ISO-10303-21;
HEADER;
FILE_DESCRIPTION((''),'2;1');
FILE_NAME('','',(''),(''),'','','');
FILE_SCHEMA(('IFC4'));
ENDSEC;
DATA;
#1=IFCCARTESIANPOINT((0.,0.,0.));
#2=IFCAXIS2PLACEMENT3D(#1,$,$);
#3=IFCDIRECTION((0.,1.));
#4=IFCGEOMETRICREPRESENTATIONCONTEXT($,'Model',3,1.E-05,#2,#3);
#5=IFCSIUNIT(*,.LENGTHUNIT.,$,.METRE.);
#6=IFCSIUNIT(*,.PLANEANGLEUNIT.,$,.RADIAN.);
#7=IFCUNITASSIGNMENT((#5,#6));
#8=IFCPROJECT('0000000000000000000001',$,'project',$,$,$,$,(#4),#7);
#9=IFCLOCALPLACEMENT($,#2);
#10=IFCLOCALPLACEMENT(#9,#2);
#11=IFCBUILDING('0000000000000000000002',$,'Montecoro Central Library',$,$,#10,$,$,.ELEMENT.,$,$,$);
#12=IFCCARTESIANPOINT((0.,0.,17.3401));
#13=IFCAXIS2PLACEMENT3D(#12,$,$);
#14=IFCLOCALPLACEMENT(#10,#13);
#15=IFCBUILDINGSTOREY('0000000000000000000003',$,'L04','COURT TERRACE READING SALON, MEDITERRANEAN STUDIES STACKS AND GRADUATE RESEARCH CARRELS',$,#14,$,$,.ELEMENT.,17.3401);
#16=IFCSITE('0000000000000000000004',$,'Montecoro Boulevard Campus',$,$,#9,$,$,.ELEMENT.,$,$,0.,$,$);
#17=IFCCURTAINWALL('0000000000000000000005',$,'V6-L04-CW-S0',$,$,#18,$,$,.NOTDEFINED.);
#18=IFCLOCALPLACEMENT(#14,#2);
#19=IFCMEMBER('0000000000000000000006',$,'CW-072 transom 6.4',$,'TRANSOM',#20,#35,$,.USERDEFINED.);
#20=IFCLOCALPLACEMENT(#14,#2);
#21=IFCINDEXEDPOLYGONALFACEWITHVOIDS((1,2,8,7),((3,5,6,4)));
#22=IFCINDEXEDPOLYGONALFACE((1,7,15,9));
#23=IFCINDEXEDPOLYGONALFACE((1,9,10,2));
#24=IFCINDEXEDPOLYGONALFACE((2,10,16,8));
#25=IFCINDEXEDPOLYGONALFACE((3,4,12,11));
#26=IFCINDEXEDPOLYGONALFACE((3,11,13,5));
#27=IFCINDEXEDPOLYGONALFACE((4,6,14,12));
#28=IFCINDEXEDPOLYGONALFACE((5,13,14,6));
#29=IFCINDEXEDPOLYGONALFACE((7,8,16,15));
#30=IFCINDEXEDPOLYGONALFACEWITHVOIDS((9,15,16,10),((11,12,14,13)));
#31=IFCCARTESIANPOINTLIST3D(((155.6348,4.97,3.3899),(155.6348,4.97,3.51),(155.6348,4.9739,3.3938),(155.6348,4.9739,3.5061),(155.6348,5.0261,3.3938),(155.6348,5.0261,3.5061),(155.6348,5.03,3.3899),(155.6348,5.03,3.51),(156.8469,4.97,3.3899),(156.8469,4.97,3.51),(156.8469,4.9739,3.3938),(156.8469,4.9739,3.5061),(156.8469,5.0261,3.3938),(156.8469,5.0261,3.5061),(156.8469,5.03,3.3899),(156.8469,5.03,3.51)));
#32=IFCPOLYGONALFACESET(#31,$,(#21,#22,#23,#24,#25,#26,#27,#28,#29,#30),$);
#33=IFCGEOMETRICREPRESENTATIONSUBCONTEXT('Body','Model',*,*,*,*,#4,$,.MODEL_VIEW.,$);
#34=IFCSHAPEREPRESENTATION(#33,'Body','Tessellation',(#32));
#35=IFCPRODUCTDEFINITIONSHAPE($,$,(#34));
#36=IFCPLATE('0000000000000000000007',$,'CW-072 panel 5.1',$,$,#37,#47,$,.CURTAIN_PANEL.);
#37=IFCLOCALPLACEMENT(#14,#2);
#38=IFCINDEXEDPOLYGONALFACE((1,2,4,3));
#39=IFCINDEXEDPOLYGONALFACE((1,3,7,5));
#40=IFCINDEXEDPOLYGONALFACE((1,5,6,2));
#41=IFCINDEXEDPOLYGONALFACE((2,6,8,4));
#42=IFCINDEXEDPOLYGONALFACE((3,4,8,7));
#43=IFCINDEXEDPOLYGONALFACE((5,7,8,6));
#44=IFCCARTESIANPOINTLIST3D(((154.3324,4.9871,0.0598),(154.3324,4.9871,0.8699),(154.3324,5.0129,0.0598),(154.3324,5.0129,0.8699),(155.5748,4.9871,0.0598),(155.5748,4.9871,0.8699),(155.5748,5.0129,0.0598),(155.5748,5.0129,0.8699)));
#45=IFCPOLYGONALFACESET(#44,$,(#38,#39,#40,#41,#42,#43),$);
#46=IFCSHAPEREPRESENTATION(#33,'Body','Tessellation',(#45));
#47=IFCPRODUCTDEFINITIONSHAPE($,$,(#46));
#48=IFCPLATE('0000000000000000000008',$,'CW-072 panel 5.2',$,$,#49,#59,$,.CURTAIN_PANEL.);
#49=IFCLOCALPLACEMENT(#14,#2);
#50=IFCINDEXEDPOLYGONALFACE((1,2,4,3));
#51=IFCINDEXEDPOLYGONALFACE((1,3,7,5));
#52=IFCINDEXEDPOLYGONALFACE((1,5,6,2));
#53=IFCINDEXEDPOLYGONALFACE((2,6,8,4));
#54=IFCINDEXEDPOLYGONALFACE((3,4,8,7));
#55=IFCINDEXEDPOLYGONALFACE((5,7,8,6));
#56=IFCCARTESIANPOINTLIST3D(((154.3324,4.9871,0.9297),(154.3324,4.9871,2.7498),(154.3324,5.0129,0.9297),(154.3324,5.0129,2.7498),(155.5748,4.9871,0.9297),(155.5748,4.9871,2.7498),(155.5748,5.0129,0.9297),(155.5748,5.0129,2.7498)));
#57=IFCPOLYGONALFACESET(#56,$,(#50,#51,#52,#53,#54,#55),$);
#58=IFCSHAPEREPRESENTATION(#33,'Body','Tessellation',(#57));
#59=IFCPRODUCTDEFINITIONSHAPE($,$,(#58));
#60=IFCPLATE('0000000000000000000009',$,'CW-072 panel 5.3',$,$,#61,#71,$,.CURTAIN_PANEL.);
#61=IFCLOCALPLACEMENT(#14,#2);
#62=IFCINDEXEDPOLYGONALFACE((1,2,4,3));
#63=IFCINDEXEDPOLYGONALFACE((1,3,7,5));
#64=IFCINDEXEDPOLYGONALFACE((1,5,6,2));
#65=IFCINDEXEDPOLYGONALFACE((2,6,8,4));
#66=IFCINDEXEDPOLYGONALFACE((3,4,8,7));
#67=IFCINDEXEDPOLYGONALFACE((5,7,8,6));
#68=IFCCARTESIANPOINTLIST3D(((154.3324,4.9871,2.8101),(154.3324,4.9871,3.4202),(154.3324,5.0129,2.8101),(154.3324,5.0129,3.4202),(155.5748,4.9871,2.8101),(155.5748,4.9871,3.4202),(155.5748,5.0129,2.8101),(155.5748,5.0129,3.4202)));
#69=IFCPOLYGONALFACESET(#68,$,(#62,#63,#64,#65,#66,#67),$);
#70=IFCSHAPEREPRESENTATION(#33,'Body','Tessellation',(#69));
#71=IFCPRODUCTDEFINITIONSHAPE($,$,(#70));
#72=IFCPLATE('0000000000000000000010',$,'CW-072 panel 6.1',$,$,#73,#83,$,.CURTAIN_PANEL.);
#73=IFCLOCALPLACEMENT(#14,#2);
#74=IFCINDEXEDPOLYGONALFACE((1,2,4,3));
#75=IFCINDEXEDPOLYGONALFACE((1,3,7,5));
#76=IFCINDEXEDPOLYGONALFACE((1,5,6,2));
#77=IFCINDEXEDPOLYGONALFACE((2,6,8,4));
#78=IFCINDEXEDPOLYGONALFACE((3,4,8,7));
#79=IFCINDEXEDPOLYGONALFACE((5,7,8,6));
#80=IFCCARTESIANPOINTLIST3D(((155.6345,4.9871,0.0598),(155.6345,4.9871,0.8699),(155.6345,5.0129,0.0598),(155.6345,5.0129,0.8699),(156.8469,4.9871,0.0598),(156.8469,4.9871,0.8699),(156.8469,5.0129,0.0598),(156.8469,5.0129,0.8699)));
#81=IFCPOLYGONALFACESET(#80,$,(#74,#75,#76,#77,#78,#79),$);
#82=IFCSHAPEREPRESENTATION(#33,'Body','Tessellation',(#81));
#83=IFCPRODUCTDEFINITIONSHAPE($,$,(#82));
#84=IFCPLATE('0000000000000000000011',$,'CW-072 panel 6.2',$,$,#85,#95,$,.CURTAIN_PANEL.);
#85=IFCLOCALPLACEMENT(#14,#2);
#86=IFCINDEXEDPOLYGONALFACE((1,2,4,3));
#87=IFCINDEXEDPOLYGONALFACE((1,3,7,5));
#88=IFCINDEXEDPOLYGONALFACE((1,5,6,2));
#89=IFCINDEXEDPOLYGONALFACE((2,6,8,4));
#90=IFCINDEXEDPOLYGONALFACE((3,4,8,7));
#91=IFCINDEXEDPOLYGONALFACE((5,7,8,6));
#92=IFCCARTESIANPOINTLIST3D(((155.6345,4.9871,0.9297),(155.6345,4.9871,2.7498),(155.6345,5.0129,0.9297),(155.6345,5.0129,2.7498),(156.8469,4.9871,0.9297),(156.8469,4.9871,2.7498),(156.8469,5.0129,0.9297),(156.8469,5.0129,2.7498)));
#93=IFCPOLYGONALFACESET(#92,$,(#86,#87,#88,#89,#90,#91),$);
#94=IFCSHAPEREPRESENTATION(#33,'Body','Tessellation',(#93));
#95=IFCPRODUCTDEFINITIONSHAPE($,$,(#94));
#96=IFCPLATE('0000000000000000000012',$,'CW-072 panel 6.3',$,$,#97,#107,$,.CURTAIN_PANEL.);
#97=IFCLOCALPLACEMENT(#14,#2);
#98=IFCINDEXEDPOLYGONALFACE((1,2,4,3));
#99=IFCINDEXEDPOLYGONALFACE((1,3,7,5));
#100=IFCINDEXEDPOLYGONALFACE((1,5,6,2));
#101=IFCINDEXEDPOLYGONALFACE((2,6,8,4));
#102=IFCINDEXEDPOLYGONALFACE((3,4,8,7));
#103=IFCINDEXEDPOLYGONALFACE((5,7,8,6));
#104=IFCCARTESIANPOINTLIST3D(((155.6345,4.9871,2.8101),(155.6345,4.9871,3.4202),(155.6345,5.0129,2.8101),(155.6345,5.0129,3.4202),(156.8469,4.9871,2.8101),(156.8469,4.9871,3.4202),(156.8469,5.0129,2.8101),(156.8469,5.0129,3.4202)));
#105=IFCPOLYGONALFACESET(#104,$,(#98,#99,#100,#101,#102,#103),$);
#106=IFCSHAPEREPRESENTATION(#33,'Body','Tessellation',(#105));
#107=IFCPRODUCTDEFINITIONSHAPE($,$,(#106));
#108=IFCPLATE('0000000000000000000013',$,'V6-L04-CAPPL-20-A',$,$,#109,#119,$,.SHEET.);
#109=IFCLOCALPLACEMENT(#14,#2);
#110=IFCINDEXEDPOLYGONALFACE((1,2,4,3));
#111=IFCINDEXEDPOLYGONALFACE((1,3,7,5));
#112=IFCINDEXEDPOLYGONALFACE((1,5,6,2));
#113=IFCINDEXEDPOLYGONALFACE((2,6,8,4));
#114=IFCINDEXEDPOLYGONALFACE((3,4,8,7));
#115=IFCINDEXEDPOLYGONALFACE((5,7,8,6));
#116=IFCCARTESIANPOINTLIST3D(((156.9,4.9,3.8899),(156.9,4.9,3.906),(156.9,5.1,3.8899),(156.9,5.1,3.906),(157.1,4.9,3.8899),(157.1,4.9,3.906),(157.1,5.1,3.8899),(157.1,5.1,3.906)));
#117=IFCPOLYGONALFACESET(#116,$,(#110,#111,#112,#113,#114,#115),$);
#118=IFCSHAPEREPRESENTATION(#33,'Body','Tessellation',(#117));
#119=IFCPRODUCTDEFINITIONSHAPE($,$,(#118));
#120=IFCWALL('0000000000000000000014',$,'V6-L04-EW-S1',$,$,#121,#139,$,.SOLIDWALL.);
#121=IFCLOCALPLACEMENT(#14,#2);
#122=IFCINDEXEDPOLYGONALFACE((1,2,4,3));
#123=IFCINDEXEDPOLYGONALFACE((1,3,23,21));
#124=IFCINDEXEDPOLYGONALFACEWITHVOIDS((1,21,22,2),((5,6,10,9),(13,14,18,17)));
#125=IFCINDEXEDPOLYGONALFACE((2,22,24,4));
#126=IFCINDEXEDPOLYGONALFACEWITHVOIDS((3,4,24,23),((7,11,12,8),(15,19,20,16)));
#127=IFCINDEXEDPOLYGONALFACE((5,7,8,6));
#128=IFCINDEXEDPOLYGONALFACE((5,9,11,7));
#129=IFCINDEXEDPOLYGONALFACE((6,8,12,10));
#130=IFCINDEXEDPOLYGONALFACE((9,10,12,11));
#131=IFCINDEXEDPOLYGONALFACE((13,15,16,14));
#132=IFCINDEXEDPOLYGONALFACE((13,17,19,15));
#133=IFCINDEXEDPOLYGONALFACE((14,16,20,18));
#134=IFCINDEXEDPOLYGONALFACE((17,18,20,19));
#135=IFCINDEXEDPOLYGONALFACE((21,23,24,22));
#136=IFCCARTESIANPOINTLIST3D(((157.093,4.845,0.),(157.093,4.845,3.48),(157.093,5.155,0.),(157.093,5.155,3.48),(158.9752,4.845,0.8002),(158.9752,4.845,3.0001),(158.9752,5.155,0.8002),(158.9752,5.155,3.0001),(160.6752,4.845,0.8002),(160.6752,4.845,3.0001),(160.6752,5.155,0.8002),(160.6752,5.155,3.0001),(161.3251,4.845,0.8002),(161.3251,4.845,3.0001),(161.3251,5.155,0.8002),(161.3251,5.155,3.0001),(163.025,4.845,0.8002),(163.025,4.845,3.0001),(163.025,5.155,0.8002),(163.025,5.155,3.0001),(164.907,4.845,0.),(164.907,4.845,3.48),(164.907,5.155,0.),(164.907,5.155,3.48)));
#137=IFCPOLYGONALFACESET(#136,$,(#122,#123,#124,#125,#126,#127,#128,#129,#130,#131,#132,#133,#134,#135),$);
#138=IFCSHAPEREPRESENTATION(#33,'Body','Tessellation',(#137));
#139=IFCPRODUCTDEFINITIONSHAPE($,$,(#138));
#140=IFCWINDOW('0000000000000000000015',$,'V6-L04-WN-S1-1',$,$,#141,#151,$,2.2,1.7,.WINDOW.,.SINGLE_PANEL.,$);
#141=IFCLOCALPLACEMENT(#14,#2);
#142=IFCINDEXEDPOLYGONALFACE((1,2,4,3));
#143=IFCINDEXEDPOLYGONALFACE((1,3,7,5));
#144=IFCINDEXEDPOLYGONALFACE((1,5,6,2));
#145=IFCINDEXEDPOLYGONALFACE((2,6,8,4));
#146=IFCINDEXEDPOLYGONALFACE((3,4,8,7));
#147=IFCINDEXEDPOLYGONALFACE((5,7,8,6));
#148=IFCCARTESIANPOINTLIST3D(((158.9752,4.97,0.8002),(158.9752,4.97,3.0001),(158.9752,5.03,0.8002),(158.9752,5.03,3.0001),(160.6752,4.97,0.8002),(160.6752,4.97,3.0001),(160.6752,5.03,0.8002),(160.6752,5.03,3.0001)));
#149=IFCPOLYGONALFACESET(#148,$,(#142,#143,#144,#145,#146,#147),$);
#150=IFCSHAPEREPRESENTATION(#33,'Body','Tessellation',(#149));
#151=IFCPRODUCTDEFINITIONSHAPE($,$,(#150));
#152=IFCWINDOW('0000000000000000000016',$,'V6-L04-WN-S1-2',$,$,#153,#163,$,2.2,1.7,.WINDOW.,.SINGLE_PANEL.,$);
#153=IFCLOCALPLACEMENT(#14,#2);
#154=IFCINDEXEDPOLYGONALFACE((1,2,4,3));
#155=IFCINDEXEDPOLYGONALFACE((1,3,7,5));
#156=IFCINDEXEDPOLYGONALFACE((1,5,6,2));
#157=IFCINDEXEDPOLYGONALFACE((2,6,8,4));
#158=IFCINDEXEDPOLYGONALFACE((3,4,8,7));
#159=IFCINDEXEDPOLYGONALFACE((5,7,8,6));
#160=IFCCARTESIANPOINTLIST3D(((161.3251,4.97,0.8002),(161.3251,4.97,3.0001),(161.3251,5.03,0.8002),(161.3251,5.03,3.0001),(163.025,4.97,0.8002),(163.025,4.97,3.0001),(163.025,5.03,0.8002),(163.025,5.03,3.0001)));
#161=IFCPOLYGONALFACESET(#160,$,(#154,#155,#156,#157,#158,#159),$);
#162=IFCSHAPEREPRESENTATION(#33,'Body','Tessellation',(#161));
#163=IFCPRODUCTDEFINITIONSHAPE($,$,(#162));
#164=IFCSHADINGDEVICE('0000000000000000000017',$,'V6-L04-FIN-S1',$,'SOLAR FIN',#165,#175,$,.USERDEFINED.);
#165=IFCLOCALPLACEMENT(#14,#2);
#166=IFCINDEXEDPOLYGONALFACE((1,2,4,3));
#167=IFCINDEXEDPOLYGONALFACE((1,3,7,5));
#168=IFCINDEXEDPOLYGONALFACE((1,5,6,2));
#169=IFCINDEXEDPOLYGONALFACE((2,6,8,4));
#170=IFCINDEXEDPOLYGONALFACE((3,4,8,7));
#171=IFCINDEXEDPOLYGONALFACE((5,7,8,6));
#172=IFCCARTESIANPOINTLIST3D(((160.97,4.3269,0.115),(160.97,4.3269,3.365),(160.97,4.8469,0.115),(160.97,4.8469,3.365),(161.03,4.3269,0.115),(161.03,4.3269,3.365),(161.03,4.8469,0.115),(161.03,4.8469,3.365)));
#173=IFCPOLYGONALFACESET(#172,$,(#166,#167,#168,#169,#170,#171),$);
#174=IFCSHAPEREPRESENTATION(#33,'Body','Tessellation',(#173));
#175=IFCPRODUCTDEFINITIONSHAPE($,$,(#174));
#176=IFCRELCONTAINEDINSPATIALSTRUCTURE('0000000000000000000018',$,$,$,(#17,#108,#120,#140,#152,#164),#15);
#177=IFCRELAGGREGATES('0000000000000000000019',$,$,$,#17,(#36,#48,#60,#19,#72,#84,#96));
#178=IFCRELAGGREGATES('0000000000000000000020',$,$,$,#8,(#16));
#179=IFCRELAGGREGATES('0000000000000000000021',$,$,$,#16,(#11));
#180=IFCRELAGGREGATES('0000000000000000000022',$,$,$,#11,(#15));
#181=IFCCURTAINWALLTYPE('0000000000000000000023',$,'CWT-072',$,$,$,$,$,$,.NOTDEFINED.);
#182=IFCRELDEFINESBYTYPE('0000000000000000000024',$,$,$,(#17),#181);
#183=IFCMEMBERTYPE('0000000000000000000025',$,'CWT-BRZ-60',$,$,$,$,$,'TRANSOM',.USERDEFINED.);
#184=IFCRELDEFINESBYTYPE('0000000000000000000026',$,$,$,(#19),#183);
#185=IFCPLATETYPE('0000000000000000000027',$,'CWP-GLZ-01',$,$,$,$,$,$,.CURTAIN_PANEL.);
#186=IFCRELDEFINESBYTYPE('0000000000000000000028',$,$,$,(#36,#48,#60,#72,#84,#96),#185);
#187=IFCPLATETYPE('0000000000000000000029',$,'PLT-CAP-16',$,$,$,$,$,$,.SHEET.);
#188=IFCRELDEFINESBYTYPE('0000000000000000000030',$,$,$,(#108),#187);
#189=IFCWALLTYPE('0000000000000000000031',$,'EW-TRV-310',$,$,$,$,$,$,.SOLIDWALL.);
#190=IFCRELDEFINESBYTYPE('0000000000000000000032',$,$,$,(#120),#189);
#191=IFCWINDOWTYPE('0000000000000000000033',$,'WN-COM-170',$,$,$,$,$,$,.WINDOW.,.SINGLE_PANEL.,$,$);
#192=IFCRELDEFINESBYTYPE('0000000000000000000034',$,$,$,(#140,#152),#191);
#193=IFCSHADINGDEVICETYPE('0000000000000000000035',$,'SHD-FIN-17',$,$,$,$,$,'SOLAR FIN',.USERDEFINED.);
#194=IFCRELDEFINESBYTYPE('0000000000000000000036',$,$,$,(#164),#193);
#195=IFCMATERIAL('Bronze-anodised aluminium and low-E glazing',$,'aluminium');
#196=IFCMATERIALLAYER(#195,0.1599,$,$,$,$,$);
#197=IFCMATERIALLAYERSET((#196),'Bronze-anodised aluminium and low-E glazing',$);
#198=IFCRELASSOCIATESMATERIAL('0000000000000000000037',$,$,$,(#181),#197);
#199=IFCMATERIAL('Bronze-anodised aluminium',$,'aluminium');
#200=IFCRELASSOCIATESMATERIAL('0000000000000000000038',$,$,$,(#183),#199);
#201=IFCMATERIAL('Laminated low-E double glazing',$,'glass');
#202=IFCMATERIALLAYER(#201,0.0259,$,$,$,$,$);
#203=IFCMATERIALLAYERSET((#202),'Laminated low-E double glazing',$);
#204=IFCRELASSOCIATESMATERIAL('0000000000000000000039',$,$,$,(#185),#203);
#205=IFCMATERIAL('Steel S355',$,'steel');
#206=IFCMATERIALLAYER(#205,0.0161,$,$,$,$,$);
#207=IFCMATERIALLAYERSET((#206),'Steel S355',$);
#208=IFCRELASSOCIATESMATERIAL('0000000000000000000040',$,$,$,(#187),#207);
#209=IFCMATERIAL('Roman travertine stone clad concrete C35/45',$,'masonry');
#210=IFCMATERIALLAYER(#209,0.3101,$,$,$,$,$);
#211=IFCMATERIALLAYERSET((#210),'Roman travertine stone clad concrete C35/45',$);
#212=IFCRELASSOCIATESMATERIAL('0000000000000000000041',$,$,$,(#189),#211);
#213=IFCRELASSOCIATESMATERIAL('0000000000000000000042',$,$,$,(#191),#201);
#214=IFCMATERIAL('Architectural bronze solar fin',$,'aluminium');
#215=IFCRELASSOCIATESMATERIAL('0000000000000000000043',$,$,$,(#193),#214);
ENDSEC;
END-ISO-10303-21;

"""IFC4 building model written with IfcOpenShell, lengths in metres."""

from ifc_helpers import new_model, si_unit, direction, frame, frame_2d, origin, origin_2d, place, context, subcontext, project, spatial, rectangle, hollow_rectangle, extrude, material, layer, layer_set, material_profile, profile_set, type_object, element, fill, aggregate, save


model = new_model("IFC4")

# Units and contexts
model_context = context("Model", 3, precision=1e-05, world=origin(), true_north=direction((0.0, 1.0)))
body_context = subcontext(model_context, "Body", "Model", "MODEL_VIEW")
ifc_project = project(units=[si_unit("LENGTHUNIT", "METRE"), si_unit("PLANEANGLEUNIT", "RADIAN")], contexts=[model_context])

# Site, building, storey
site_placement = place(None, origin())
site = spatial("IfcSite", under=ifc_project, at=site_placement, Name="Montecoro Boulevard Campus", CompositionType="ELEMENT", RefElevation=0.0)
building_placement = place(site_placement, origin())
building = spatial("IfcBuilding", under=site, at=building_placement, Name="Montecoro Central Library", CompositionType="ELEMENT")
storey_placement = place(building_placement, frame((0.0, 0.0, 17.3401)))
storey = spatial("IfcBuildingStorey", under=building, at=storey_placement, Name="L04", Description="COURT TERRACE READING SALON, MEDITERRANEAN STUDIES STACKS AND GRADUATE RESEARCH CARRELS", CompositionType="ELEMENT", Elevation=17.3401)

# Shared definitions
ifc_material_1 = material(Name="Steel S355", Category="steel")

# Curtain wall, member, plates
ifc_material_2 = material(Name="Bronze-anodised aluminium and low-E glazing", Category="aluminium")
ifc_layer_1 = layer(ifc_material_2, 0.1599)
ifc_layer_set_1 = layer_set([ifc_layer_1], Name="Bronze-anodised aluminium and low-E glazing")
curtain_wall_type = type_object("IfcCurtainWallType", Name="CWT-072", PredefinedType="NOTDEFINED", material=ifc_layer_set_1)
curtain_wall_placement = place(storey_placement, origin())
curtain_wall = element("IfcCurtainWall", 1, at=curtain_wall_placement, inside=storey, type_object=curtain_wall_type, Name="V6-L04-CW-S0", PredefinedType="NOTDEFINED")
ifc_material_3 = material(Name="Bronze-anodised aluminium", Category="aluminium")
ifc_material_profile_1 = material_profile(ifc_material_3, hollow_rectangle(XDim=0.0601, YDim=0.1201, WallThickness=0.0039, at=origin_2d()), Name="CWT 120x60x4.0")
ifc_profile_set_1 = profile_set([ifc_material_profile_1], Name="Bronze-anodised aluminium")
member_type_1 = type_object("IfcMemberType", Name="CWT-BRZ-60", ElementType="TRANSOM", PredefinedType="USERDEFINED", material=ifc_profile_set_1)
member_1_placement = place(storey_placement, frame((155.6348, 5.0, 3.45), z_axis=(1.0, 0.0, 0.0), x_axis=(0.0, 1.0, 0.0)))
member_1 = element("IfcMember", 2, at=member_1_placement, type_object=member_type_1, Name="CW-072 transom 6.4", ObjectType="TRANSOM", PredefinedType="USERDEFINED", context=body_context, shape_type="SweptSolid", body=[
    extrude(hollow_rectangle(XDim=0.0601, YDim=0.1201, WallThickness=0.0039, at=origin_2d()), origin(), (0.0, 0.0, 1.0), 1.2122),
])
ifc_material_4 = material(Name="Laminated low-E double glazing", Category="glass")
ifc_layer_2 = layer(ifc_material_4, 0.0259)
ifc_layer_set_2 = layer_set([ifc_layer_2], Name="Laminated low-E double glazing")
plate_type_1 = type_object("IfcPlateType", Name="CWP-GLZ-01", PredefinedType="CURTAIN_PANEL", material=ifc_layer_set_2)
plate_1_placement = place(storey_placement, frame((154.9536, 5.0, 0.0598), z_axis=(0.0, 0.0, 1.0), x_axis=(1.0, 0.0, 0.0)))
plate_1 = element("IfcPlate", 3, at=plate_1_placement, type_object=plate_type_1, Name="CW-072 panel 5.1", PredefinedType="CURTAIN_PANEL", context=body_context, shape_type="SweptSolid", body=[
    extrude(rectangle(XDim=1.2424, YDim=0.0259, at=origin_2d()), origin(), (0.0, 0.0, 1.0), 0.8101),
])
plate_2_placement = place(storey_placement, frame((154.9536, 5.0, 0.9297), z_axis=(0.0, 0.0, 1.0), x_axis=(1.0, 0.0, 0.0)))
plate_2 = element("IfcPlate", 4, at=plate_2_placement, type_object=plate_type_1, Name="CW-072 panel 5.2", PredefinedType="CURTAIN_PANEL", context=body_context, shape_type="SweptSolid", body=[
    extrude(rectangle(XDim=1.2424, YDim=0.0259, at=origin_2d()), origin(), (0.0, 0.0, 1.0), 1.8201),
])
plate_3_placement = place(storey_placement, frame((154.9536, 5.0, 2.8101), z_axis=(0.0, 0.0, 1.0), x_axis=(1.0, 0.0, 0.0)))
plate_3 = element("IfcPlate", 5, at=plate_3_placement, type_object=plate_type_1, Name="CW-072 panel 5.3", PredefinedType="CURTAIN_PANEL", context=body_context, shape_type="SweptSolid", body=[
    extrude(rectangle(XDim=1.2424, YDim=0.0259, at=origin_2d()), origin(), (0.0, 0.0, 1.0), 0.6101),
])
plate_4_placement = place(storey_placement, frame((156.2407, 5.0, 0.0598), z_axis=(0.0, 0.0, 1.0), x_axis=(1.0, 0.0, 0.0)))
plate_4 = element("IfcPlate", 6, at=plate_4_placement, type_object=plate_type_1, Name="CW-072 panel 6.1", PredefinedType="CURTAIN_PANEL", context=body_context, shape_type="SweptSolid", body=[
    extrude(rectangle(XDim=1.2124, YDim=0.0259, at=origin_2d()), origin(), (0.0, 0.0, 1.0), 0.8101),
])
plate_5_placement = place(storey_placement, frame((156.2407, 5.0, 0.9297), z_axis=(0.0, 0.0, 1.0), x_axis=(1.0, 0.0, 0.0)))
plate_5 = element("IfcPlate", 7, at=plate_5_placement, type_object=plate_type_1, Name="CW-072 panel 6.2", PredefinedType="CURTAIN_PANEL", context=body_context, shape_type="SweptSolid", body=[
    extrude(rectangle(XDim=1.2124, YDim=0.0259, at=origin_2d()), origin(), (0.0, 0.0, 1.0), 1.8201),
])
plate_6_placement = place(storey_placement, frame((156.2407, 5.0, 2.8101), z_axis=(0.0, 0.0, 1.0), x_axis=(1.0, 0.0, 0.0)))
plate_6 = element("IfcPlate", 8, at=plate_6_placement, type_object=plate_type_1, Name="CW-072 panel 6.3", PredefinedType="CURTAIN_PANEL", context=body_context, shape_type="SweptSolid", body=[
    extrude(rectangle(XDim=1.2124, YDim=0.0259, at=origin_2d()), origin(), (0.0, 0.0, 1.0), 0.6101),
])
aggregate(curtain_wall, [plate_1, plate_2, plate_3, member_1, plate_4, plate_5, plate_6])

# Plate
ifc_layer_3 = layer(ifc_material_1, 0.0161)
ifc_layer_set_3 = layer_set([ifc_layer_3], Name="Steel S355")
plate_type_2 = type_object("IfcPlateType", Name="PLT-CAP-16", PredefinedType="SHEET", material=ifc_layer_set_3)
plate_7_placement = place(storey_placement, frame((157.0, 5.0, 3.8899), z_axis=(0.0, 0.0, 1.0), x_axis=(1.0, 0.0, 0.0)))
element("IfcPlate", 9, at=plate_7_placement, inside=storey, type_object=plate_type_2, Name="V6-L04-CAPPL-20-A", PredefinedType="SHEET", context=body_context, shape_type="SweptSolid", body=[
    extrude(rectangle(XDim=0.2, YDim=0.2, at=origin_2d()), origin(), (0.0, 0.0, 1.0), 0.0161),
])

# Wall, openings, windows
ifc_material_5 = material(Name="Roman travertine stone clad concrete C35/45", Category="masonry")
ifc_layer_4 = layer(ifc_material_5, 0.3101)
ifc_layer_set_4 = layer_set([ifc_layer_4], Name="Roman travertine stone clad concrete C35/45")
wall_type = type_object("IfcWallType", Name="EW-TRV-310", PredefinedType="SOLIDWALL", material=ifc_layer_set_4)
wall_placement = place(storey_placement, frame((157.093, 5.0, 0.0), z_axis=(0.0, 0.0, 1.0), x_axis=(1.0, 0.0, 0.0)))
wall = element("IfcWall", 10, at=wall_placement, inside=storey, type_object=wall_type, Name="V6-L04-EW-S1", PredefinedType="SOLIDWALL", context=body_context, shape_type="SweptSolid", body=[
    extrude(rectangle(XDim=7.814, YDim=0.3101, at=frame_2d((3.907, 0.0))), origin(), (0.0, 0.0, 1.0), 3.48),
])
opening_1_placement = place(wall_placement, frame((1.8821, 0.0, 0.8)))
opening_1 = element("IfcOpeningElement", 11, at=opening_1_placement, cuts=wall, PredefinedType="OPENING", context=body_context, shape_type="SweptSolid", body=[
    extrude(rectangle(XDim=1.7, YDim=2.2, at=frame_2d((0.8501, 1.1001))), frame((0.0, 0.165, 0.0), z_axis=(0.0, -1.0, 0.0), x_axis=(1.0, 0.0, 0.0)), (0.0, 0.0, 1.0), 0.3301),
])
opening_2_placement = place(wall_placement, frame((4.2319, 0.0, 0.8)))
opening_2 = element("IfcOpeningElement", 12, at=opening_2_placement, cuts=wall, PredefinedType="OPENING", context=body_context, shape_type="SweptSolid", body=[
    extrude(rectangle(XDim=1.7, YDim=2.2, at=frame_2d((0.8501, 1.1001))), frame((0.0, 0.165, 0.0), z_axis=(0.0, -1.0, 0.0), x_axis=(1.0, 0.0, 0.0)), (0.0, 0.0, 1.0), 0.3301),
])
window_type = type_object("IfcWindowType", Name="WN-COM-170", PartitioningType="SINGLE_PANEL", PredefinedType="WINDOW", material=ifc_material_4)
window_1_placement = place(opening_1_placement, origin())
window_1 = element("IfcWindow", 13, at=window_1_placement, inside=storey, type_object=window_type, Name="V6-L04-WN-S1-1", OverallHeight=2.2, OverallWidth=1.7, PartitioningType="SINGLE_PANEL", PredefinedType="WINDOW", context=body_context, shape_type="SweptSolid", body=[
    extrude(rectangle(XDim=1.7, YDim=2.2, at=frame_2d((0.8501, 1.1001))), frame((0.0, 0.03, 0.0), z_axis=(0.0, -1.0, 0.0), x_axis=(1.0, 0.0, 0.0)), (0.0, 0.0, 1.0), 0.0601),
])
fill(opening_1, window_1)
window_2_placement = place(opening_2_placement, origin())
window_2 = element("IfcWindow", 14, at=window_2_placement, inside=storey, type_object=window_type, Name="V6-L04-WN-S1-2", OverallHeight=2.2, OverallWidth=1.7, PartitioningType="SINGLE_PANEL", PredefinedType="WINDOW", context=body_context, shape_type="SweptSolid", body=[
    extrude(rectangle(XDim=1.7, YDim=2.2, at=frame_2d((0.8501, 1.1001))), frame((0.0, 0.03, 0.0), z_axis=(0.0, -1.0, 0.0), x_axis=(1.0, 0.0, 0.0)), (0.0, 0.0, 1.0), 0.0601),
])
fill(opening_2, window_2)

# Shading device
ifc_material_6 = material(Name="Architectural bronze solar fin", Category="aluminium")
shading_device_type = type_object("IfcShadingDeviceType", Name="SHD-FIN-17", ElementType="SOLAR FIN", PredefinedType="USERDEFINED", material=ifc_material_6)
shading_device_placement = place(storey_placement, frame((161.0, 4.5869, 0.115), z_axis=(0.0, 0.0, 1.0), x_axis=(1.0, 0.0, 0.0)))
element("IfcShadingDevice", 15, at=shading_device_placement, inside=storey, type_object=shading_device_type, Name="V6-L04-FIN-S1", ObjectType="SOLAR FIN", PredefinedType="USERDEFINED", context=body_context, shape_type="SweptSolid", body=[
    extrude(rectangle(XDim=0.0601, YDim=0.52, at=origin_2d()), origin(), (0.0, 0.0, 1.0), 3.25),
])

save(model, "model.ifc")
